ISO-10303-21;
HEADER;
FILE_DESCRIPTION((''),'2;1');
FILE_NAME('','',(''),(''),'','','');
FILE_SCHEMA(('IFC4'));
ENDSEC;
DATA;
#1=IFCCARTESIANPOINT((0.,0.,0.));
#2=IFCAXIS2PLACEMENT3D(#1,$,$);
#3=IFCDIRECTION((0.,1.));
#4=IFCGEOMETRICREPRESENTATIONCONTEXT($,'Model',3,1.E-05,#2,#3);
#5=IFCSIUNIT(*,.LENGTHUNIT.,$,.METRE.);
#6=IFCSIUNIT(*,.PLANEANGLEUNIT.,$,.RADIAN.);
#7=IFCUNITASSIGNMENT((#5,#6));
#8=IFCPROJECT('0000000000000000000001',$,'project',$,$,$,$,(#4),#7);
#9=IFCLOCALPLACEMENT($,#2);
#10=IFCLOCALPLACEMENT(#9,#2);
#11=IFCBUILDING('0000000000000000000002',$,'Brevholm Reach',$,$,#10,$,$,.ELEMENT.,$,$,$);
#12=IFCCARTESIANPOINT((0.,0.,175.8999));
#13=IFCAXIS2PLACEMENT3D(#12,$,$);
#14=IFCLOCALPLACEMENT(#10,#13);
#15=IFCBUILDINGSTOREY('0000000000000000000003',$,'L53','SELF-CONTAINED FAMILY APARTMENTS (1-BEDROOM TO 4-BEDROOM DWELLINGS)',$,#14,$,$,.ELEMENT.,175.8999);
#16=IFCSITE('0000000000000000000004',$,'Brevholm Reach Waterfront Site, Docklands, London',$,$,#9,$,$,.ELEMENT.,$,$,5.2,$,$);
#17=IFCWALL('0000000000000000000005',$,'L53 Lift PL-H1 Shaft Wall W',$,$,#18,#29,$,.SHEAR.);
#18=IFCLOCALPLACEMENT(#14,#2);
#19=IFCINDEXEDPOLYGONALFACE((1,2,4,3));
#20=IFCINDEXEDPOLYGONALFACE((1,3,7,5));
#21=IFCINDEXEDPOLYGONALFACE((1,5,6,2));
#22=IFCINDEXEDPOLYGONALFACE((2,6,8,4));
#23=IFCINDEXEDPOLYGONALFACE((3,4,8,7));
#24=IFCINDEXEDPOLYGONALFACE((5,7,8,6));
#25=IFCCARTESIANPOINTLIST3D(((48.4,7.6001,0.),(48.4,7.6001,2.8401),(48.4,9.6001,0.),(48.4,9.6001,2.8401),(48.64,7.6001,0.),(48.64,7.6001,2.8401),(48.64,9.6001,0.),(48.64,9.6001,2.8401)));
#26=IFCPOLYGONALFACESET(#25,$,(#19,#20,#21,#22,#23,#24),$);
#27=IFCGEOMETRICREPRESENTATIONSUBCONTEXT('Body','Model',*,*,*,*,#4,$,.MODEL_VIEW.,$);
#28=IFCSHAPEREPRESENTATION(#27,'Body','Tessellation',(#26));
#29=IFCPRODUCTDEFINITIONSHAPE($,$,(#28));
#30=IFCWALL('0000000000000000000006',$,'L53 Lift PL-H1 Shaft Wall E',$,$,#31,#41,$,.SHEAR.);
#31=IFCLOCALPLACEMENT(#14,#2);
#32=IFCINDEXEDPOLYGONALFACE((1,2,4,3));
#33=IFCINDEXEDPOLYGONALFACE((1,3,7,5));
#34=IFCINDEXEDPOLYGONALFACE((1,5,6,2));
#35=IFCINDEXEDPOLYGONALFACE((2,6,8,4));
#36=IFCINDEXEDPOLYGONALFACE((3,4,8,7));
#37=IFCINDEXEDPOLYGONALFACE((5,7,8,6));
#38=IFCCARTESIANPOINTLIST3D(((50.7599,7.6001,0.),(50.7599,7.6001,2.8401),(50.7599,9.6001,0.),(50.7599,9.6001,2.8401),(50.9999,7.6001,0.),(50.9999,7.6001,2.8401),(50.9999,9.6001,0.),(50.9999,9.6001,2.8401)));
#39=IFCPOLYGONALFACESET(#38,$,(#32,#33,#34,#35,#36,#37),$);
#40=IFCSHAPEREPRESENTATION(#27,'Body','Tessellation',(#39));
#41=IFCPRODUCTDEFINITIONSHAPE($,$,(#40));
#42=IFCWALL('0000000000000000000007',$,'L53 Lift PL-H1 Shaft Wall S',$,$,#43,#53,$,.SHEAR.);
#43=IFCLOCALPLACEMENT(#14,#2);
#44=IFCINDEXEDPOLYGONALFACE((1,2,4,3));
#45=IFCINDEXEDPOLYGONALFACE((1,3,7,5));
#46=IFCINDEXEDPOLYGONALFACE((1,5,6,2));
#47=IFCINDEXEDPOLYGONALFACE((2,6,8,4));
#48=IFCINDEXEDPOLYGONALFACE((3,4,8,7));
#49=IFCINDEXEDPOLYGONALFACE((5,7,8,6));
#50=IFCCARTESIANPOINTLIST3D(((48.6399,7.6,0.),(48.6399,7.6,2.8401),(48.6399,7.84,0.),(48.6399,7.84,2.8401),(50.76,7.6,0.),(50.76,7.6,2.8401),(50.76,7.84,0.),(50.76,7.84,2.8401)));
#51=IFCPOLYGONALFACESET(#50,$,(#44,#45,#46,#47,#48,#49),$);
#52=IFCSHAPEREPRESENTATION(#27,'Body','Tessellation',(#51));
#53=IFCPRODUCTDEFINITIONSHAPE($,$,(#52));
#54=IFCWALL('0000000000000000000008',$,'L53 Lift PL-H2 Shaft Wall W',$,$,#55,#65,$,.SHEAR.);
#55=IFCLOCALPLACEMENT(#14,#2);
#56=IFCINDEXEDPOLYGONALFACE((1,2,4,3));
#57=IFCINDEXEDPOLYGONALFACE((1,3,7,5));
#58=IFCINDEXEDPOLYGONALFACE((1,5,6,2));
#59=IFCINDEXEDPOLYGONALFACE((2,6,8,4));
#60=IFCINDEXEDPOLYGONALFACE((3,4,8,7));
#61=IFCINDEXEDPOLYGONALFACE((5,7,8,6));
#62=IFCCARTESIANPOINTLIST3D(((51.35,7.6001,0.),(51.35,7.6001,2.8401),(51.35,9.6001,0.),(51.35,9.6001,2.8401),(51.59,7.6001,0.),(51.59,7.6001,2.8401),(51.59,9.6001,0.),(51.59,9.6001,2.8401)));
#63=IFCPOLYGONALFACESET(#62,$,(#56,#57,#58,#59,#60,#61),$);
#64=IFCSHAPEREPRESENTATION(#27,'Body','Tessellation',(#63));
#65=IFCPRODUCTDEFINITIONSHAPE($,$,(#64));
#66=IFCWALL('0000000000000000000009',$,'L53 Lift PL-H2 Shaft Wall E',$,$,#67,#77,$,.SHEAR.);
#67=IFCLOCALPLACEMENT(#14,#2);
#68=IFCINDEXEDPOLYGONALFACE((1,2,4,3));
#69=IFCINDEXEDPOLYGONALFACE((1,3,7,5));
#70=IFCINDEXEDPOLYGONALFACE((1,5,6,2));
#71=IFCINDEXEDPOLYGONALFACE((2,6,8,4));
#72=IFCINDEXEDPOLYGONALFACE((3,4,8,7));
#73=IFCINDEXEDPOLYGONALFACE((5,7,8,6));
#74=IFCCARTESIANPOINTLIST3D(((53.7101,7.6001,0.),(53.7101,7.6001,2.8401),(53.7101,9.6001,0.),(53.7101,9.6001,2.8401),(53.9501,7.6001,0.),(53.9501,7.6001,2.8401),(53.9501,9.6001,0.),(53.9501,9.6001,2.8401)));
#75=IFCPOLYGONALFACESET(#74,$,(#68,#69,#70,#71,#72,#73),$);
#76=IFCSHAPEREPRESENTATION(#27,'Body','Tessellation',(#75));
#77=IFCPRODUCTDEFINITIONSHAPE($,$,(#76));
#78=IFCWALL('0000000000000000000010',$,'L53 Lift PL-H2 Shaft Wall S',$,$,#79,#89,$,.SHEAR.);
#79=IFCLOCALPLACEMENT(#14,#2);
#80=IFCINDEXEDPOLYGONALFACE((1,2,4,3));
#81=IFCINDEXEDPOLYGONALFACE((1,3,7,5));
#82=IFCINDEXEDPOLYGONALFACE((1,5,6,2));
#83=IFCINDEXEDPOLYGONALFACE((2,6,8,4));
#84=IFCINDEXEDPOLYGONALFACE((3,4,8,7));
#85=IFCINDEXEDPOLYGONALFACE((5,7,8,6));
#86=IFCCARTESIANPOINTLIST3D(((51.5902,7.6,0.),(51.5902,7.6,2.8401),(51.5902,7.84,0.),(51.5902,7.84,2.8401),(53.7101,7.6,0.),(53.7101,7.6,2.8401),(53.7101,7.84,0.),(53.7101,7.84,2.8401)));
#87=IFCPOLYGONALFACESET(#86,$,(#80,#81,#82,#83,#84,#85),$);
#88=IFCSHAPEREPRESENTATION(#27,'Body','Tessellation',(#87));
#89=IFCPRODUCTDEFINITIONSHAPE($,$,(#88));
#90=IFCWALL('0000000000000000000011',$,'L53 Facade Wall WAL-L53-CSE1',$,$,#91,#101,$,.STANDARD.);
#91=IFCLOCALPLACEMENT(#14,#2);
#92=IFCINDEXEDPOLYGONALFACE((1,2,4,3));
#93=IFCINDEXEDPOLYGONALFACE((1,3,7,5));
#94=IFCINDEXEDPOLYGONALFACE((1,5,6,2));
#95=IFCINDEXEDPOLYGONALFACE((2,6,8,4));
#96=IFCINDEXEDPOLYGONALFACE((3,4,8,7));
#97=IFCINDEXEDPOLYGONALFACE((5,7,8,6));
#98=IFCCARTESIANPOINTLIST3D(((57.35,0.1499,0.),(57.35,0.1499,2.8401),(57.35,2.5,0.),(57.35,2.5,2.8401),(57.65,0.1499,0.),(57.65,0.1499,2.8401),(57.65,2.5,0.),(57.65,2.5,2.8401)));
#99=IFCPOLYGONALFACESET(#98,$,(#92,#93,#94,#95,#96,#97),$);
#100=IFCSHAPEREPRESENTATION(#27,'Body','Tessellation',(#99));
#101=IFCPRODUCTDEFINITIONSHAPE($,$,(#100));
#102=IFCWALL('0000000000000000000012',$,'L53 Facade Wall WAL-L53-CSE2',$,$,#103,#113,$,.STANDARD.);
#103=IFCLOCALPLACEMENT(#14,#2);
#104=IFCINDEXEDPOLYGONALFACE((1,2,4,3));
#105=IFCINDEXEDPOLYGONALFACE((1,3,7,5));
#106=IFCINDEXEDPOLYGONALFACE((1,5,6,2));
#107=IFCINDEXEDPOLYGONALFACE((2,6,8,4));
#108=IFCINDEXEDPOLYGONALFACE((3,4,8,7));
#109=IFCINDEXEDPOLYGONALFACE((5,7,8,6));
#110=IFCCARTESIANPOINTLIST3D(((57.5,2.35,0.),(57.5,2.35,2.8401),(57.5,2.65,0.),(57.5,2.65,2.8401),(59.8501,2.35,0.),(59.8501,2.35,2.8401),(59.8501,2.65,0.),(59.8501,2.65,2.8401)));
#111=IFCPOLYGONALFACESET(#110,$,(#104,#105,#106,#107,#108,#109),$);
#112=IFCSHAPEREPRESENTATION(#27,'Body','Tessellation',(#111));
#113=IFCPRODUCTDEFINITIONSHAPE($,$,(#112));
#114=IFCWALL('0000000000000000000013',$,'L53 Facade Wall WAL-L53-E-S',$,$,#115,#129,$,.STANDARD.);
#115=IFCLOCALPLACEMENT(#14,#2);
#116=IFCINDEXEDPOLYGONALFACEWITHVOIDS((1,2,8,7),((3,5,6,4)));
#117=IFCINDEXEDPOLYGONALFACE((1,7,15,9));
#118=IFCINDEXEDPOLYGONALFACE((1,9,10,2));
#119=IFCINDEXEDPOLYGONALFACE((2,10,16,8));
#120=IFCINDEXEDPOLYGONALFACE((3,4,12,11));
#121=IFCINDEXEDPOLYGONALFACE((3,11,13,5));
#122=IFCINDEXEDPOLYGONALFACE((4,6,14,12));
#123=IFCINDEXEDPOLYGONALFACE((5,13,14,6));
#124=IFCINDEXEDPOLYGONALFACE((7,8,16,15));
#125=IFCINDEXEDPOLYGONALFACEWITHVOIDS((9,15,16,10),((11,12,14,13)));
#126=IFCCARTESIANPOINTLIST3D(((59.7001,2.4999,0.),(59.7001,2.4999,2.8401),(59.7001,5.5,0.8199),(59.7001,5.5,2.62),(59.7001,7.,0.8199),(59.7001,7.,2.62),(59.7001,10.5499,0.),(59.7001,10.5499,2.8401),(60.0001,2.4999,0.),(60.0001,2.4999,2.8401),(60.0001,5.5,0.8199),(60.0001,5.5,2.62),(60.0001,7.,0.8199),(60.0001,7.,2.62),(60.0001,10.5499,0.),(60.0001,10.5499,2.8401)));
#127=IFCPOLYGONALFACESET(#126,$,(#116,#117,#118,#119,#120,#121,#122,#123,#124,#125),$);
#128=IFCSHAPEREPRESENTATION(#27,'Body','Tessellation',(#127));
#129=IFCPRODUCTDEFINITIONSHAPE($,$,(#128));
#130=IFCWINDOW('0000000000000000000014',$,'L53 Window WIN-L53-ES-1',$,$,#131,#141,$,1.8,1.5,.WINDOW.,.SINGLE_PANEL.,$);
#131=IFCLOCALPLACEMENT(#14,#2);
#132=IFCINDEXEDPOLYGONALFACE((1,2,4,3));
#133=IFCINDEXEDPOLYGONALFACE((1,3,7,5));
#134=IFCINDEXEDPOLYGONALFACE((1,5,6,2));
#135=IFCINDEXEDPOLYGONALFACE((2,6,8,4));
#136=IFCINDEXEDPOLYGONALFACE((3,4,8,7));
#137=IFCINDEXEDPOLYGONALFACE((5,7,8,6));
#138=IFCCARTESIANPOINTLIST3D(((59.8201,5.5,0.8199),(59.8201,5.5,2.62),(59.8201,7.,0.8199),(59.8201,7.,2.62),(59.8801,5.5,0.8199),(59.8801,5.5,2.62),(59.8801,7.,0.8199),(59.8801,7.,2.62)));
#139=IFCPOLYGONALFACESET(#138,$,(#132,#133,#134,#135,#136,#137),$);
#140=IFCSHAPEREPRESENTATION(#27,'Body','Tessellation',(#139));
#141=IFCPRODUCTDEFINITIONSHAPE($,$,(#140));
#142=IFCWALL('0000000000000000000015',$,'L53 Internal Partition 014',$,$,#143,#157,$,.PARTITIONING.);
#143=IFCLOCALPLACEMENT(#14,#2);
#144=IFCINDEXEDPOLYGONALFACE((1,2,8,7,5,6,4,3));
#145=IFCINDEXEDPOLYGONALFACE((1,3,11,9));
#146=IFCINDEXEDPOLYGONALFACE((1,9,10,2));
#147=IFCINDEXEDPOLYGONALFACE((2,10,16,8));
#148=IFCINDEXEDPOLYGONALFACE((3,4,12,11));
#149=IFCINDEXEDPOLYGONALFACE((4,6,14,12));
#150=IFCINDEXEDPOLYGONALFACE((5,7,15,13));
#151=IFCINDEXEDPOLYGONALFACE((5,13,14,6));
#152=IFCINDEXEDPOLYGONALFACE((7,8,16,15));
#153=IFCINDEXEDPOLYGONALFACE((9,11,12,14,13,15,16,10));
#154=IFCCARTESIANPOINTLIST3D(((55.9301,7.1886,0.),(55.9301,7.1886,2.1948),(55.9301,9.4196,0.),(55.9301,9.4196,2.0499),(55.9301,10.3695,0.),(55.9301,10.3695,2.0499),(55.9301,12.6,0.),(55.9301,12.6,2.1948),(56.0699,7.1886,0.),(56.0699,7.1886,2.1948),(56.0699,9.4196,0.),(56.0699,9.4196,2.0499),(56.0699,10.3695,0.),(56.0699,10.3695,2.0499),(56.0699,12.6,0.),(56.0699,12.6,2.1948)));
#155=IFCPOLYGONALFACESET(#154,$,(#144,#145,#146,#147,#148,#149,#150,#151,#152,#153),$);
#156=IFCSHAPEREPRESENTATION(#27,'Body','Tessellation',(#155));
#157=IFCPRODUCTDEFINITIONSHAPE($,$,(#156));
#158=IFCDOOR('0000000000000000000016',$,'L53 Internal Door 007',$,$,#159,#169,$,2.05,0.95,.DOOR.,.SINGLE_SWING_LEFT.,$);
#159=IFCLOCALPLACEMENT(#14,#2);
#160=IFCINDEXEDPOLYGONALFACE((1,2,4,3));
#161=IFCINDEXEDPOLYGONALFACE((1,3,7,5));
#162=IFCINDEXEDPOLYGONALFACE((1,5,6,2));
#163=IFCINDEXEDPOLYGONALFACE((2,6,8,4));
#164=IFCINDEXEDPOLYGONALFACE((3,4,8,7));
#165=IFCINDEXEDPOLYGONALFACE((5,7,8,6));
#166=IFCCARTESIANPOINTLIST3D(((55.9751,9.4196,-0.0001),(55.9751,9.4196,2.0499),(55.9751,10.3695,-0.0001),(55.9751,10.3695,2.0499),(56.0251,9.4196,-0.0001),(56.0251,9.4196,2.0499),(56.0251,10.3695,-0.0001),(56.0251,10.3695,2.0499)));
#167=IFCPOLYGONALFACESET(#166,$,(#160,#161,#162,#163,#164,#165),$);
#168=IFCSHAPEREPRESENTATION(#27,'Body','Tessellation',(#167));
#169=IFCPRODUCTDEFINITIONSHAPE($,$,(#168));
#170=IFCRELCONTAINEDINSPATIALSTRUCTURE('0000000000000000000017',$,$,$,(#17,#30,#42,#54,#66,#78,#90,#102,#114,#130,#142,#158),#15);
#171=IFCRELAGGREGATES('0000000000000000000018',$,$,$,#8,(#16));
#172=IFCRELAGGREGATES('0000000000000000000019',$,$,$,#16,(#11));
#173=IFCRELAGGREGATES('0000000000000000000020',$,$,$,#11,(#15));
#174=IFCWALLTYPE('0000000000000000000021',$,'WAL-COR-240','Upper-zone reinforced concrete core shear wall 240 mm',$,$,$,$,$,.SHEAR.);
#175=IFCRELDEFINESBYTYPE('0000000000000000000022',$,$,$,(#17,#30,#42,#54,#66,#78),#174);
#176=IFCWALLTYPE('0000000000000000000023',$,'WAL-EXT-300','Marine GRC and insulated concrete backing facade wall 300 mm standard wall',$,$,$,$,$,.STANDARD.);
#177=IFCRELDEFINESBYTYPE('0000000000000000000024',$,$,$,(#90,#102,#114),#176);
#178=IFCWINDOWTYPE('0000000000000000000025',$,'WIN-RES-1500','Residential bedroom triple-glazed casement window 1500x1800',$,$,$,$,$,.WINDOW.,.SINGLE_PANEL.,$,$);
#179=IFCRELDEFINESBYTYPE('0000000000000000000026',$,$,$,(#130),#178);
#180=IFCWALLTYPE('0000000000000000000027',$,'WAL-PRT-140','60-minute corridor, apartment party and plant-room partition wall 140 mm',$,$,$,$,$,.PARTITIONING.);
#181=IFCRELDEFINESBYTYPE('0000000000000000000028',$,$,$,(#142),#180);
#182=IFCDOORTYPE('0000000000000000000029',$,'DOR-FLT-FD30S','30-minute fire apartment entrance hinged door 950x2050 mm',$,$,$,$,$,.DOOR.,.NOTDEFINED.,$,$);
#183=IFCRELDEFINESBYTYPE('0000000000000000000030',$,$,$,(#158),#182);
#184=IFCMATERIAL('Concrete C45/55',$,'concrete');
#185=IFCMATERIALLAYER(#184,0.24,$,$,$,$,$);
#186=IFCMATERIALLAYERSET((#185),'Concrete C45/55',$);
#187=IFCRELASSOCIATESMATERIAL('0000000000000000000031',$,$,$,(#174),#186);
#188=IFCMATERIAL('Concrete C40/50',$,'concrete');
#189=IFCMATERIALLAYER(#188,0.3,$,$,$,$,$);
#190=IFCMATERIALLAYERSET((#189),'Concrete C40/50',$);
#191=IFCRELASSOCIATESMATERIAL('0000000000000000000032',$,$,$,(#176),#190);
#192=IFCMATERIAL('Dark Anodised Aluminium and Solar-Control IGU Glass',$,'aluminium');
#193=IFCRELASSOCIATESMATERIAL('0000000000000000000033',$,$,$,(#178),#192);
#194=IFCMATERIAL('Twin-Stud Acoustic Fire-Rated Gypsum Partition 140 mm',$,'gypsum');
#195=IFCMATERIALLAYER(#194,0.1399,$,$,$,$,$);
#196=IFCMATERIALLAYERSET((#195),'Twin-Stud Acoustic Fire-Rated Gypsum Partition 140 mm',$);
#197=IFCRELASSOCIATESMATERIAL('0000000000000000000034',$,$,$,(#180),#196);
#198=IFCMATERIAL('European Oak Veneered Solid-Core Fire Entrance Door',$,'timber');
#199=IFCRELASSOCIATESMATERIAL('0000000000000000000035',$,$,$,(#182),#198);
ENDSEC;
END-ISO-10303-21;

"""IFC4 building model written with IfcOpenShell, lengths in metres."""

from ifc_helpers import new_model, si_unit, direction, frame, frame_2d, origin, place, context, subcontext, project, spatial, rectangle, extrude, material, layer, layer_set, type_object, element, fill, save


model = new_model("IFC4")

# Units and contexts
model_context = context("Model", 3, precision=1e-05, world=origin(), true_north=direction((0.0, 1.0)))
body_context = subcontext(model_context, "Body", "Model", "MODEL_VIEW")
ifc_project = project(units=[si_unit("LENGTHUNIT", "METRE"), si_unit("PLANEANGLEUNIT", "RADIAN")], contexts=[model_context])

# Site, building, storey
site_placement = place(None, origin())
site = spatial("IfcSite", under=ifc_project, at=site_placement, Name="Brevholm Reach Waterfront Site, Docklands, London", CompositionType="ELEMENT", RefElevation=5.2)
building_placement = place(site_placement, origin())
building = spatial("IfcBuilding", under=site, at=building_placement, Name="Brevholm Reach", CompositionType="ELEMENT")
storey_placement = place(building_placement, frame((0.0, 0.0, 175.8999)))
storey = spatial("IfcBuildingStorey", under=building, at=storey_placement, Name="L53", Description="SELF-CONTAINED FAMILY APARTMENTS (1-BEDROOM TO 4-BEDROOM DWELLINGS)", CompositionType="ELEMENT", Elevation=175.8999)

# Walls
ifc_material_1 = material(Name="Concrete C45/55", Category="concrete")
ifc_layer_1 = layer(ifc_material_1, 0.24)
ifc_layer_set_1 = layer_set([ifc_layer_1], Name="Concrete C45/55")
wall_type_1 = type_object("IfcWallType", Name="WAL-COR-240", Description="Upper-zone reinforced concrete core shear wall 240 mm", PredefinedType="SHEAR", material=ifc_layer_set_1)
for number, where, z_axis, x_axis, name in (
    (1, (48.52, 7.6001, 0.0), (0.0, 0.0, 1.0), (0.0, 1.0, 0.0), "L53 Lift PL-H1 Shaft Wall W"),
    (2, (50.8799, 7.6001, 0.0), (0.0, 0.0, 1.0), (0.0, 1.0, 0.0), "L53 Lift PL-H1 Shaft Wall E"),
):
    element("IfcWall", number, at=place(storey_placement, frame(where, z_axis=z_axis, x_axis=x_axis)), inside=storey, type_object=wall_type_1, Name=name, PredefinedType="SHEAR", context=body_context, shape_type="SweptSolid", body=[
        extrude(rectangle(XDim=2.0, YDim=0.24, at=frame_2d((1.0, 0.0))), origin(), (0.0, 0.0, 1.0), 2.8401),
    ])
wall_1_placement = place(storey_placement, frame((48.6399, 7.72, 0.0), z_axis=(0.0, 0.0, 1.0), x_axis=(1.0, 0.0, 0.0)))
element("IfcWall", 3, at=wall_1_placement, inside=storey, type_object=wall_type_1, Name="L53 Lift PL-H1 Shaft Wall S", PredefinedType="SHEAR", context=body_context, shape_type="SweptSolid", body=[
    extrude(rectangle(XDim=2.1201, YDim=0.24, at=frame_2d((1.0601, 0.0))), origin(), (0.0, 0.0, 1.0), 2.8401),
])
for number, where, z_axis, x_axis, name in (
    (4, (51.47, 7.6001, 0.0), (0.0, 0.0, 1.0), (0.0, 1.0, 0.0), "L53 Lift PL-H2 Shaft Wall W"),
    (5, (53.8301, 7.6001, 0.0), (0.0, 0.0, 1.0), (0.0, 1.0, 0.0), "L53 Lift PL-H2 Shaft Wall E"),
):
    element("IfcWall", number, at=place(storey_placement, frame(where, z_axis=z_axis, x_axis=x_axis)), inside=storey, type_object=wall_type_1, Name=name, PredefinedType="SHEAR", context=body_context, shape_type="SweptSolid", body=[
        extrude(rectangle(XDim=2.0, YDim=0.24, at=frame_2d((1.0, 0.0))), origin(), (0.0, 0.0, 1.0), 2.8401),
    ])
wall_2_placement = place(storey_placement, frame((51.5901, 7.72, 0.0), z_axis=(0.0, 0.0, 1.0), x_axis=(1.0, 0.0, 0.0)))
element("IfcWall", 6, at=wall_2_placement, inside=storey, type_object=wall_type_1, Name="L53 Lift PL-H2 Shaft Wall S", PredefinedType="SHEAR", context=body_context, shape_type="SweptSolid", body=[
    extrude(rectangle(XDim=2.1199, YDim=0.24, at=frame_2d((1.0601, 0.0))), origin(), (0.0, 0.0, 1.0), 2.8401),
])
ifc_material_2 = material(Name="Concrete C40/50", Category="concrete")
ifc_layer_2 = layer(ifc_material_2, 0.3)
ifc_layer_set_2 = layer_set([ifc_layer_2], Name="Concrete C40/50")
wall_type_2 = type_object("IfcWallType", Name="WAL-EXT-300", Description="Marine GRC and insulated concrete backing facade wall 300 mm standard wall", PredefinedType="STANDARD", material=ifc_layer_set_2)
for number, where, z_axis, x_axis, name in (
    (7, (57.5, 0.1499, 0.0), (0.0, 0.0, 1.0), (0.0, 1.0, 0.0), "L53 Facade Wall WAL-L53-CSE1"),
    (8, (57.5, 2.5, 0.0), (0.0, 0.0, 1.0), (1.0, 0.0, 0.0), "L53 Facade Wall WAL-L53-CSE2"),
):
    element("IfcWall", number, at=place(storey_placement, frame(where, z_axis=z_axis, x_axis=x_axis)), inside=storey, type_object=wall_type_2, Name=name, PredefinedType="STANDARD", context=body_context, shape_type="SweptSolid", body=[
        extrude(rectangle(XDim=2.3501, YDim=0.3, at=frame_2d((1.175, 0.0))), origin(), (0.0, 0.0, 1.0), 2.8401),
    ])

# Wall, opening, window
wall_3_placement = place(storey_placement, frame((59.8501, 2.5, 0.0), z_axis=(0.0, 0.0, 1.0), x_axis=(0.0, 1.0, 0.0)))
wall_3 = element("IfcWall", 9, at=wall_3_placement, inside=storey, type_object=wall_type_2, Name="L53 Facade Wall WAL-L53-E-S", PredefinedType="STANDARD", context=body_context, shape_type="SweptSolid", body=[
    extrude(rectangle(XDim=8.05, YDim=0.3, at=frame_2d((4.0249, 0.0))), origin(), (0.0, 0.0, 1.0), 2.8401),
])
opening_1_placement = place(wall_3_placement, frame((3.0, 0.0, 0.8201)))
opening_1 = element("IfcOpeningElement", 10, at=opening_1_placement, cuts=wall_3, PredefinedType="OPENING", context=body_context, shape_type="SweptSolid", body=[
    extrude(rectangle(XDim=1.5, YDim=1.8, at=frame_2d((0.75, 0.8999))), frame((0.0, 0.1599, 0.0), z_axis=(0.0, -1.0, 0.0), x_axis=(1.0, 0.0, 0.0)), (0.0, 0.0, 1.0), 0.3201),
])
ifc_material_3 = material(Name="Dark Anodised Aluminium and Solar-Control IGU Glass", Category="aluminium")
window_type = type_object("IfcWindowType", Name="WIN-RES-1500", Description="Residential bedroom triple-glazed casement window 1500x1800", PartitioningType="SINGLE_PANEL", PredefinedType="WINDOW", material=ifc_material_3)
window_placement = place(opening_1_placement, origin())
window = element("IfcWindow", 11, at=window_placement, inside=storey, type_object=window_type, Name="L53 Window WIN-L53-ES-1", OverallHeight=1.8, OverallWidth=1.5, PartitioningType="SINGLE_PANEL", PredefinedType="WINDOW", context=body_context, shape_type="SweptSolid", body=[
    extrude(rectangle(XDim=1.5, YDim=1.8, at=frame_2d((0.75, 0.8999))), frame((0.0, 0.03, 0.0), z_axis=(0.0, -1.0, 0.0), x_axis=(1.0, 0.0, 0.0)), (0.0, 0.0, 1.0), 0.0601),
])
fill(opening_1, window)

# Wall, opening, door
ifc_material_4 = material(Name="Twin-Stud Acoustic Fire-Rated Gypsum Partition 140 mm", Category="gypsum")
ifc_layer_3 = layer(ifc_material_4, 0.1399)
ifc_layer_set_3 = layer_set([ifc_layer_3], Name="Twin-Stud Acoustic Fire-Rated Gypsum Partition 140 mm")
wall_type_3 = type_object("IfcWallType", Name="WAL-PRT-140", Description="60-minute corridor, apartment party and plant-room partition wall 140 mm", PredefinedType="PARTITIONING", material=ifc_layer_set_3)
wall_4_placement = place(storey_placement, frame((56.0, 7.1887, 0.0), z_axis=(0.0, 0.0, 1.0), x_axis=(0.0, 1.0, 0.0)))
wall_4 = element("IfcWall", 12, at=wall_4_placement, inside=storey, type_object=wall_type_3, Name="L53 Internal Partition 014", PredefinedType="PARTITIONING", context=body_context, shape_type="SweptSolid", body=[
    extrude(rectangle(XDim=5.4114, YDim=0.1399, at=frame_2d((2.7056, 0.0))), origin(), (0.0, 0.0, 1.0), 2.1948),
])
opening_2_placement = place(wall_4_placement, frame((2.2307, 0.0, 0.0)))
opening_2 = element("IfcOpeningElement", 13, at=opening_2_placement, cuts=wall_4, PredefinedType="OPENING", context=body_context, shape_type="SweptSolid", body=[
    extrude(rectangle(XDim=0.95, YDim=2.05, at=frame_2d((0.4751, 1.0249))), frame((0.0, 0.0798, 0.0), z_axis=(0.0, -1.0, 0.0), x_axis=(1.0, 0.0, 0.0)), (0.0, 0.0, 1.0), 0.1599),
])
ifc_material_5 = material(Name="European Oak Veneered Solid-Core Fire Entrance Door", Category="timber")
door_type_1 = type_object("IfcDoorType", Name="DOR-FLT-FD30S", Description="30-minute fire apartment entrance hinged door 950x2050 mm", OperationType="NOTDEFINED", PredefinedType="DOOR", material=ifc_material_5)
door_1_placement = place(opening_2_placement, origin())
door_1 = element("IfcDoor", 14, at=door_1_placement, inside=storey, type_object=door_type_1, Name="L53 Internal Door 007", OperationType="SINGLE_SWING_LEFT", OverallHeight=2.05, OverallWidth=0.95, PredefinedType="DOOR", context=body_context, shape_type="SweptSolid", body=[
    extrude(rectangle(XDim=0.95, YDim=2.05, at=frame_2d((0.4751, 1.0249))), frame((0.0, 0.0249, 0.0), z_axis=(0.0, -1.0, 0.0), x_axis=(1.0, 0.0, 0.0)), (0.0, 0.0, 1.0), 0.05),
])
fill(opening_2, door_1)

save(model, "model.ifc")
